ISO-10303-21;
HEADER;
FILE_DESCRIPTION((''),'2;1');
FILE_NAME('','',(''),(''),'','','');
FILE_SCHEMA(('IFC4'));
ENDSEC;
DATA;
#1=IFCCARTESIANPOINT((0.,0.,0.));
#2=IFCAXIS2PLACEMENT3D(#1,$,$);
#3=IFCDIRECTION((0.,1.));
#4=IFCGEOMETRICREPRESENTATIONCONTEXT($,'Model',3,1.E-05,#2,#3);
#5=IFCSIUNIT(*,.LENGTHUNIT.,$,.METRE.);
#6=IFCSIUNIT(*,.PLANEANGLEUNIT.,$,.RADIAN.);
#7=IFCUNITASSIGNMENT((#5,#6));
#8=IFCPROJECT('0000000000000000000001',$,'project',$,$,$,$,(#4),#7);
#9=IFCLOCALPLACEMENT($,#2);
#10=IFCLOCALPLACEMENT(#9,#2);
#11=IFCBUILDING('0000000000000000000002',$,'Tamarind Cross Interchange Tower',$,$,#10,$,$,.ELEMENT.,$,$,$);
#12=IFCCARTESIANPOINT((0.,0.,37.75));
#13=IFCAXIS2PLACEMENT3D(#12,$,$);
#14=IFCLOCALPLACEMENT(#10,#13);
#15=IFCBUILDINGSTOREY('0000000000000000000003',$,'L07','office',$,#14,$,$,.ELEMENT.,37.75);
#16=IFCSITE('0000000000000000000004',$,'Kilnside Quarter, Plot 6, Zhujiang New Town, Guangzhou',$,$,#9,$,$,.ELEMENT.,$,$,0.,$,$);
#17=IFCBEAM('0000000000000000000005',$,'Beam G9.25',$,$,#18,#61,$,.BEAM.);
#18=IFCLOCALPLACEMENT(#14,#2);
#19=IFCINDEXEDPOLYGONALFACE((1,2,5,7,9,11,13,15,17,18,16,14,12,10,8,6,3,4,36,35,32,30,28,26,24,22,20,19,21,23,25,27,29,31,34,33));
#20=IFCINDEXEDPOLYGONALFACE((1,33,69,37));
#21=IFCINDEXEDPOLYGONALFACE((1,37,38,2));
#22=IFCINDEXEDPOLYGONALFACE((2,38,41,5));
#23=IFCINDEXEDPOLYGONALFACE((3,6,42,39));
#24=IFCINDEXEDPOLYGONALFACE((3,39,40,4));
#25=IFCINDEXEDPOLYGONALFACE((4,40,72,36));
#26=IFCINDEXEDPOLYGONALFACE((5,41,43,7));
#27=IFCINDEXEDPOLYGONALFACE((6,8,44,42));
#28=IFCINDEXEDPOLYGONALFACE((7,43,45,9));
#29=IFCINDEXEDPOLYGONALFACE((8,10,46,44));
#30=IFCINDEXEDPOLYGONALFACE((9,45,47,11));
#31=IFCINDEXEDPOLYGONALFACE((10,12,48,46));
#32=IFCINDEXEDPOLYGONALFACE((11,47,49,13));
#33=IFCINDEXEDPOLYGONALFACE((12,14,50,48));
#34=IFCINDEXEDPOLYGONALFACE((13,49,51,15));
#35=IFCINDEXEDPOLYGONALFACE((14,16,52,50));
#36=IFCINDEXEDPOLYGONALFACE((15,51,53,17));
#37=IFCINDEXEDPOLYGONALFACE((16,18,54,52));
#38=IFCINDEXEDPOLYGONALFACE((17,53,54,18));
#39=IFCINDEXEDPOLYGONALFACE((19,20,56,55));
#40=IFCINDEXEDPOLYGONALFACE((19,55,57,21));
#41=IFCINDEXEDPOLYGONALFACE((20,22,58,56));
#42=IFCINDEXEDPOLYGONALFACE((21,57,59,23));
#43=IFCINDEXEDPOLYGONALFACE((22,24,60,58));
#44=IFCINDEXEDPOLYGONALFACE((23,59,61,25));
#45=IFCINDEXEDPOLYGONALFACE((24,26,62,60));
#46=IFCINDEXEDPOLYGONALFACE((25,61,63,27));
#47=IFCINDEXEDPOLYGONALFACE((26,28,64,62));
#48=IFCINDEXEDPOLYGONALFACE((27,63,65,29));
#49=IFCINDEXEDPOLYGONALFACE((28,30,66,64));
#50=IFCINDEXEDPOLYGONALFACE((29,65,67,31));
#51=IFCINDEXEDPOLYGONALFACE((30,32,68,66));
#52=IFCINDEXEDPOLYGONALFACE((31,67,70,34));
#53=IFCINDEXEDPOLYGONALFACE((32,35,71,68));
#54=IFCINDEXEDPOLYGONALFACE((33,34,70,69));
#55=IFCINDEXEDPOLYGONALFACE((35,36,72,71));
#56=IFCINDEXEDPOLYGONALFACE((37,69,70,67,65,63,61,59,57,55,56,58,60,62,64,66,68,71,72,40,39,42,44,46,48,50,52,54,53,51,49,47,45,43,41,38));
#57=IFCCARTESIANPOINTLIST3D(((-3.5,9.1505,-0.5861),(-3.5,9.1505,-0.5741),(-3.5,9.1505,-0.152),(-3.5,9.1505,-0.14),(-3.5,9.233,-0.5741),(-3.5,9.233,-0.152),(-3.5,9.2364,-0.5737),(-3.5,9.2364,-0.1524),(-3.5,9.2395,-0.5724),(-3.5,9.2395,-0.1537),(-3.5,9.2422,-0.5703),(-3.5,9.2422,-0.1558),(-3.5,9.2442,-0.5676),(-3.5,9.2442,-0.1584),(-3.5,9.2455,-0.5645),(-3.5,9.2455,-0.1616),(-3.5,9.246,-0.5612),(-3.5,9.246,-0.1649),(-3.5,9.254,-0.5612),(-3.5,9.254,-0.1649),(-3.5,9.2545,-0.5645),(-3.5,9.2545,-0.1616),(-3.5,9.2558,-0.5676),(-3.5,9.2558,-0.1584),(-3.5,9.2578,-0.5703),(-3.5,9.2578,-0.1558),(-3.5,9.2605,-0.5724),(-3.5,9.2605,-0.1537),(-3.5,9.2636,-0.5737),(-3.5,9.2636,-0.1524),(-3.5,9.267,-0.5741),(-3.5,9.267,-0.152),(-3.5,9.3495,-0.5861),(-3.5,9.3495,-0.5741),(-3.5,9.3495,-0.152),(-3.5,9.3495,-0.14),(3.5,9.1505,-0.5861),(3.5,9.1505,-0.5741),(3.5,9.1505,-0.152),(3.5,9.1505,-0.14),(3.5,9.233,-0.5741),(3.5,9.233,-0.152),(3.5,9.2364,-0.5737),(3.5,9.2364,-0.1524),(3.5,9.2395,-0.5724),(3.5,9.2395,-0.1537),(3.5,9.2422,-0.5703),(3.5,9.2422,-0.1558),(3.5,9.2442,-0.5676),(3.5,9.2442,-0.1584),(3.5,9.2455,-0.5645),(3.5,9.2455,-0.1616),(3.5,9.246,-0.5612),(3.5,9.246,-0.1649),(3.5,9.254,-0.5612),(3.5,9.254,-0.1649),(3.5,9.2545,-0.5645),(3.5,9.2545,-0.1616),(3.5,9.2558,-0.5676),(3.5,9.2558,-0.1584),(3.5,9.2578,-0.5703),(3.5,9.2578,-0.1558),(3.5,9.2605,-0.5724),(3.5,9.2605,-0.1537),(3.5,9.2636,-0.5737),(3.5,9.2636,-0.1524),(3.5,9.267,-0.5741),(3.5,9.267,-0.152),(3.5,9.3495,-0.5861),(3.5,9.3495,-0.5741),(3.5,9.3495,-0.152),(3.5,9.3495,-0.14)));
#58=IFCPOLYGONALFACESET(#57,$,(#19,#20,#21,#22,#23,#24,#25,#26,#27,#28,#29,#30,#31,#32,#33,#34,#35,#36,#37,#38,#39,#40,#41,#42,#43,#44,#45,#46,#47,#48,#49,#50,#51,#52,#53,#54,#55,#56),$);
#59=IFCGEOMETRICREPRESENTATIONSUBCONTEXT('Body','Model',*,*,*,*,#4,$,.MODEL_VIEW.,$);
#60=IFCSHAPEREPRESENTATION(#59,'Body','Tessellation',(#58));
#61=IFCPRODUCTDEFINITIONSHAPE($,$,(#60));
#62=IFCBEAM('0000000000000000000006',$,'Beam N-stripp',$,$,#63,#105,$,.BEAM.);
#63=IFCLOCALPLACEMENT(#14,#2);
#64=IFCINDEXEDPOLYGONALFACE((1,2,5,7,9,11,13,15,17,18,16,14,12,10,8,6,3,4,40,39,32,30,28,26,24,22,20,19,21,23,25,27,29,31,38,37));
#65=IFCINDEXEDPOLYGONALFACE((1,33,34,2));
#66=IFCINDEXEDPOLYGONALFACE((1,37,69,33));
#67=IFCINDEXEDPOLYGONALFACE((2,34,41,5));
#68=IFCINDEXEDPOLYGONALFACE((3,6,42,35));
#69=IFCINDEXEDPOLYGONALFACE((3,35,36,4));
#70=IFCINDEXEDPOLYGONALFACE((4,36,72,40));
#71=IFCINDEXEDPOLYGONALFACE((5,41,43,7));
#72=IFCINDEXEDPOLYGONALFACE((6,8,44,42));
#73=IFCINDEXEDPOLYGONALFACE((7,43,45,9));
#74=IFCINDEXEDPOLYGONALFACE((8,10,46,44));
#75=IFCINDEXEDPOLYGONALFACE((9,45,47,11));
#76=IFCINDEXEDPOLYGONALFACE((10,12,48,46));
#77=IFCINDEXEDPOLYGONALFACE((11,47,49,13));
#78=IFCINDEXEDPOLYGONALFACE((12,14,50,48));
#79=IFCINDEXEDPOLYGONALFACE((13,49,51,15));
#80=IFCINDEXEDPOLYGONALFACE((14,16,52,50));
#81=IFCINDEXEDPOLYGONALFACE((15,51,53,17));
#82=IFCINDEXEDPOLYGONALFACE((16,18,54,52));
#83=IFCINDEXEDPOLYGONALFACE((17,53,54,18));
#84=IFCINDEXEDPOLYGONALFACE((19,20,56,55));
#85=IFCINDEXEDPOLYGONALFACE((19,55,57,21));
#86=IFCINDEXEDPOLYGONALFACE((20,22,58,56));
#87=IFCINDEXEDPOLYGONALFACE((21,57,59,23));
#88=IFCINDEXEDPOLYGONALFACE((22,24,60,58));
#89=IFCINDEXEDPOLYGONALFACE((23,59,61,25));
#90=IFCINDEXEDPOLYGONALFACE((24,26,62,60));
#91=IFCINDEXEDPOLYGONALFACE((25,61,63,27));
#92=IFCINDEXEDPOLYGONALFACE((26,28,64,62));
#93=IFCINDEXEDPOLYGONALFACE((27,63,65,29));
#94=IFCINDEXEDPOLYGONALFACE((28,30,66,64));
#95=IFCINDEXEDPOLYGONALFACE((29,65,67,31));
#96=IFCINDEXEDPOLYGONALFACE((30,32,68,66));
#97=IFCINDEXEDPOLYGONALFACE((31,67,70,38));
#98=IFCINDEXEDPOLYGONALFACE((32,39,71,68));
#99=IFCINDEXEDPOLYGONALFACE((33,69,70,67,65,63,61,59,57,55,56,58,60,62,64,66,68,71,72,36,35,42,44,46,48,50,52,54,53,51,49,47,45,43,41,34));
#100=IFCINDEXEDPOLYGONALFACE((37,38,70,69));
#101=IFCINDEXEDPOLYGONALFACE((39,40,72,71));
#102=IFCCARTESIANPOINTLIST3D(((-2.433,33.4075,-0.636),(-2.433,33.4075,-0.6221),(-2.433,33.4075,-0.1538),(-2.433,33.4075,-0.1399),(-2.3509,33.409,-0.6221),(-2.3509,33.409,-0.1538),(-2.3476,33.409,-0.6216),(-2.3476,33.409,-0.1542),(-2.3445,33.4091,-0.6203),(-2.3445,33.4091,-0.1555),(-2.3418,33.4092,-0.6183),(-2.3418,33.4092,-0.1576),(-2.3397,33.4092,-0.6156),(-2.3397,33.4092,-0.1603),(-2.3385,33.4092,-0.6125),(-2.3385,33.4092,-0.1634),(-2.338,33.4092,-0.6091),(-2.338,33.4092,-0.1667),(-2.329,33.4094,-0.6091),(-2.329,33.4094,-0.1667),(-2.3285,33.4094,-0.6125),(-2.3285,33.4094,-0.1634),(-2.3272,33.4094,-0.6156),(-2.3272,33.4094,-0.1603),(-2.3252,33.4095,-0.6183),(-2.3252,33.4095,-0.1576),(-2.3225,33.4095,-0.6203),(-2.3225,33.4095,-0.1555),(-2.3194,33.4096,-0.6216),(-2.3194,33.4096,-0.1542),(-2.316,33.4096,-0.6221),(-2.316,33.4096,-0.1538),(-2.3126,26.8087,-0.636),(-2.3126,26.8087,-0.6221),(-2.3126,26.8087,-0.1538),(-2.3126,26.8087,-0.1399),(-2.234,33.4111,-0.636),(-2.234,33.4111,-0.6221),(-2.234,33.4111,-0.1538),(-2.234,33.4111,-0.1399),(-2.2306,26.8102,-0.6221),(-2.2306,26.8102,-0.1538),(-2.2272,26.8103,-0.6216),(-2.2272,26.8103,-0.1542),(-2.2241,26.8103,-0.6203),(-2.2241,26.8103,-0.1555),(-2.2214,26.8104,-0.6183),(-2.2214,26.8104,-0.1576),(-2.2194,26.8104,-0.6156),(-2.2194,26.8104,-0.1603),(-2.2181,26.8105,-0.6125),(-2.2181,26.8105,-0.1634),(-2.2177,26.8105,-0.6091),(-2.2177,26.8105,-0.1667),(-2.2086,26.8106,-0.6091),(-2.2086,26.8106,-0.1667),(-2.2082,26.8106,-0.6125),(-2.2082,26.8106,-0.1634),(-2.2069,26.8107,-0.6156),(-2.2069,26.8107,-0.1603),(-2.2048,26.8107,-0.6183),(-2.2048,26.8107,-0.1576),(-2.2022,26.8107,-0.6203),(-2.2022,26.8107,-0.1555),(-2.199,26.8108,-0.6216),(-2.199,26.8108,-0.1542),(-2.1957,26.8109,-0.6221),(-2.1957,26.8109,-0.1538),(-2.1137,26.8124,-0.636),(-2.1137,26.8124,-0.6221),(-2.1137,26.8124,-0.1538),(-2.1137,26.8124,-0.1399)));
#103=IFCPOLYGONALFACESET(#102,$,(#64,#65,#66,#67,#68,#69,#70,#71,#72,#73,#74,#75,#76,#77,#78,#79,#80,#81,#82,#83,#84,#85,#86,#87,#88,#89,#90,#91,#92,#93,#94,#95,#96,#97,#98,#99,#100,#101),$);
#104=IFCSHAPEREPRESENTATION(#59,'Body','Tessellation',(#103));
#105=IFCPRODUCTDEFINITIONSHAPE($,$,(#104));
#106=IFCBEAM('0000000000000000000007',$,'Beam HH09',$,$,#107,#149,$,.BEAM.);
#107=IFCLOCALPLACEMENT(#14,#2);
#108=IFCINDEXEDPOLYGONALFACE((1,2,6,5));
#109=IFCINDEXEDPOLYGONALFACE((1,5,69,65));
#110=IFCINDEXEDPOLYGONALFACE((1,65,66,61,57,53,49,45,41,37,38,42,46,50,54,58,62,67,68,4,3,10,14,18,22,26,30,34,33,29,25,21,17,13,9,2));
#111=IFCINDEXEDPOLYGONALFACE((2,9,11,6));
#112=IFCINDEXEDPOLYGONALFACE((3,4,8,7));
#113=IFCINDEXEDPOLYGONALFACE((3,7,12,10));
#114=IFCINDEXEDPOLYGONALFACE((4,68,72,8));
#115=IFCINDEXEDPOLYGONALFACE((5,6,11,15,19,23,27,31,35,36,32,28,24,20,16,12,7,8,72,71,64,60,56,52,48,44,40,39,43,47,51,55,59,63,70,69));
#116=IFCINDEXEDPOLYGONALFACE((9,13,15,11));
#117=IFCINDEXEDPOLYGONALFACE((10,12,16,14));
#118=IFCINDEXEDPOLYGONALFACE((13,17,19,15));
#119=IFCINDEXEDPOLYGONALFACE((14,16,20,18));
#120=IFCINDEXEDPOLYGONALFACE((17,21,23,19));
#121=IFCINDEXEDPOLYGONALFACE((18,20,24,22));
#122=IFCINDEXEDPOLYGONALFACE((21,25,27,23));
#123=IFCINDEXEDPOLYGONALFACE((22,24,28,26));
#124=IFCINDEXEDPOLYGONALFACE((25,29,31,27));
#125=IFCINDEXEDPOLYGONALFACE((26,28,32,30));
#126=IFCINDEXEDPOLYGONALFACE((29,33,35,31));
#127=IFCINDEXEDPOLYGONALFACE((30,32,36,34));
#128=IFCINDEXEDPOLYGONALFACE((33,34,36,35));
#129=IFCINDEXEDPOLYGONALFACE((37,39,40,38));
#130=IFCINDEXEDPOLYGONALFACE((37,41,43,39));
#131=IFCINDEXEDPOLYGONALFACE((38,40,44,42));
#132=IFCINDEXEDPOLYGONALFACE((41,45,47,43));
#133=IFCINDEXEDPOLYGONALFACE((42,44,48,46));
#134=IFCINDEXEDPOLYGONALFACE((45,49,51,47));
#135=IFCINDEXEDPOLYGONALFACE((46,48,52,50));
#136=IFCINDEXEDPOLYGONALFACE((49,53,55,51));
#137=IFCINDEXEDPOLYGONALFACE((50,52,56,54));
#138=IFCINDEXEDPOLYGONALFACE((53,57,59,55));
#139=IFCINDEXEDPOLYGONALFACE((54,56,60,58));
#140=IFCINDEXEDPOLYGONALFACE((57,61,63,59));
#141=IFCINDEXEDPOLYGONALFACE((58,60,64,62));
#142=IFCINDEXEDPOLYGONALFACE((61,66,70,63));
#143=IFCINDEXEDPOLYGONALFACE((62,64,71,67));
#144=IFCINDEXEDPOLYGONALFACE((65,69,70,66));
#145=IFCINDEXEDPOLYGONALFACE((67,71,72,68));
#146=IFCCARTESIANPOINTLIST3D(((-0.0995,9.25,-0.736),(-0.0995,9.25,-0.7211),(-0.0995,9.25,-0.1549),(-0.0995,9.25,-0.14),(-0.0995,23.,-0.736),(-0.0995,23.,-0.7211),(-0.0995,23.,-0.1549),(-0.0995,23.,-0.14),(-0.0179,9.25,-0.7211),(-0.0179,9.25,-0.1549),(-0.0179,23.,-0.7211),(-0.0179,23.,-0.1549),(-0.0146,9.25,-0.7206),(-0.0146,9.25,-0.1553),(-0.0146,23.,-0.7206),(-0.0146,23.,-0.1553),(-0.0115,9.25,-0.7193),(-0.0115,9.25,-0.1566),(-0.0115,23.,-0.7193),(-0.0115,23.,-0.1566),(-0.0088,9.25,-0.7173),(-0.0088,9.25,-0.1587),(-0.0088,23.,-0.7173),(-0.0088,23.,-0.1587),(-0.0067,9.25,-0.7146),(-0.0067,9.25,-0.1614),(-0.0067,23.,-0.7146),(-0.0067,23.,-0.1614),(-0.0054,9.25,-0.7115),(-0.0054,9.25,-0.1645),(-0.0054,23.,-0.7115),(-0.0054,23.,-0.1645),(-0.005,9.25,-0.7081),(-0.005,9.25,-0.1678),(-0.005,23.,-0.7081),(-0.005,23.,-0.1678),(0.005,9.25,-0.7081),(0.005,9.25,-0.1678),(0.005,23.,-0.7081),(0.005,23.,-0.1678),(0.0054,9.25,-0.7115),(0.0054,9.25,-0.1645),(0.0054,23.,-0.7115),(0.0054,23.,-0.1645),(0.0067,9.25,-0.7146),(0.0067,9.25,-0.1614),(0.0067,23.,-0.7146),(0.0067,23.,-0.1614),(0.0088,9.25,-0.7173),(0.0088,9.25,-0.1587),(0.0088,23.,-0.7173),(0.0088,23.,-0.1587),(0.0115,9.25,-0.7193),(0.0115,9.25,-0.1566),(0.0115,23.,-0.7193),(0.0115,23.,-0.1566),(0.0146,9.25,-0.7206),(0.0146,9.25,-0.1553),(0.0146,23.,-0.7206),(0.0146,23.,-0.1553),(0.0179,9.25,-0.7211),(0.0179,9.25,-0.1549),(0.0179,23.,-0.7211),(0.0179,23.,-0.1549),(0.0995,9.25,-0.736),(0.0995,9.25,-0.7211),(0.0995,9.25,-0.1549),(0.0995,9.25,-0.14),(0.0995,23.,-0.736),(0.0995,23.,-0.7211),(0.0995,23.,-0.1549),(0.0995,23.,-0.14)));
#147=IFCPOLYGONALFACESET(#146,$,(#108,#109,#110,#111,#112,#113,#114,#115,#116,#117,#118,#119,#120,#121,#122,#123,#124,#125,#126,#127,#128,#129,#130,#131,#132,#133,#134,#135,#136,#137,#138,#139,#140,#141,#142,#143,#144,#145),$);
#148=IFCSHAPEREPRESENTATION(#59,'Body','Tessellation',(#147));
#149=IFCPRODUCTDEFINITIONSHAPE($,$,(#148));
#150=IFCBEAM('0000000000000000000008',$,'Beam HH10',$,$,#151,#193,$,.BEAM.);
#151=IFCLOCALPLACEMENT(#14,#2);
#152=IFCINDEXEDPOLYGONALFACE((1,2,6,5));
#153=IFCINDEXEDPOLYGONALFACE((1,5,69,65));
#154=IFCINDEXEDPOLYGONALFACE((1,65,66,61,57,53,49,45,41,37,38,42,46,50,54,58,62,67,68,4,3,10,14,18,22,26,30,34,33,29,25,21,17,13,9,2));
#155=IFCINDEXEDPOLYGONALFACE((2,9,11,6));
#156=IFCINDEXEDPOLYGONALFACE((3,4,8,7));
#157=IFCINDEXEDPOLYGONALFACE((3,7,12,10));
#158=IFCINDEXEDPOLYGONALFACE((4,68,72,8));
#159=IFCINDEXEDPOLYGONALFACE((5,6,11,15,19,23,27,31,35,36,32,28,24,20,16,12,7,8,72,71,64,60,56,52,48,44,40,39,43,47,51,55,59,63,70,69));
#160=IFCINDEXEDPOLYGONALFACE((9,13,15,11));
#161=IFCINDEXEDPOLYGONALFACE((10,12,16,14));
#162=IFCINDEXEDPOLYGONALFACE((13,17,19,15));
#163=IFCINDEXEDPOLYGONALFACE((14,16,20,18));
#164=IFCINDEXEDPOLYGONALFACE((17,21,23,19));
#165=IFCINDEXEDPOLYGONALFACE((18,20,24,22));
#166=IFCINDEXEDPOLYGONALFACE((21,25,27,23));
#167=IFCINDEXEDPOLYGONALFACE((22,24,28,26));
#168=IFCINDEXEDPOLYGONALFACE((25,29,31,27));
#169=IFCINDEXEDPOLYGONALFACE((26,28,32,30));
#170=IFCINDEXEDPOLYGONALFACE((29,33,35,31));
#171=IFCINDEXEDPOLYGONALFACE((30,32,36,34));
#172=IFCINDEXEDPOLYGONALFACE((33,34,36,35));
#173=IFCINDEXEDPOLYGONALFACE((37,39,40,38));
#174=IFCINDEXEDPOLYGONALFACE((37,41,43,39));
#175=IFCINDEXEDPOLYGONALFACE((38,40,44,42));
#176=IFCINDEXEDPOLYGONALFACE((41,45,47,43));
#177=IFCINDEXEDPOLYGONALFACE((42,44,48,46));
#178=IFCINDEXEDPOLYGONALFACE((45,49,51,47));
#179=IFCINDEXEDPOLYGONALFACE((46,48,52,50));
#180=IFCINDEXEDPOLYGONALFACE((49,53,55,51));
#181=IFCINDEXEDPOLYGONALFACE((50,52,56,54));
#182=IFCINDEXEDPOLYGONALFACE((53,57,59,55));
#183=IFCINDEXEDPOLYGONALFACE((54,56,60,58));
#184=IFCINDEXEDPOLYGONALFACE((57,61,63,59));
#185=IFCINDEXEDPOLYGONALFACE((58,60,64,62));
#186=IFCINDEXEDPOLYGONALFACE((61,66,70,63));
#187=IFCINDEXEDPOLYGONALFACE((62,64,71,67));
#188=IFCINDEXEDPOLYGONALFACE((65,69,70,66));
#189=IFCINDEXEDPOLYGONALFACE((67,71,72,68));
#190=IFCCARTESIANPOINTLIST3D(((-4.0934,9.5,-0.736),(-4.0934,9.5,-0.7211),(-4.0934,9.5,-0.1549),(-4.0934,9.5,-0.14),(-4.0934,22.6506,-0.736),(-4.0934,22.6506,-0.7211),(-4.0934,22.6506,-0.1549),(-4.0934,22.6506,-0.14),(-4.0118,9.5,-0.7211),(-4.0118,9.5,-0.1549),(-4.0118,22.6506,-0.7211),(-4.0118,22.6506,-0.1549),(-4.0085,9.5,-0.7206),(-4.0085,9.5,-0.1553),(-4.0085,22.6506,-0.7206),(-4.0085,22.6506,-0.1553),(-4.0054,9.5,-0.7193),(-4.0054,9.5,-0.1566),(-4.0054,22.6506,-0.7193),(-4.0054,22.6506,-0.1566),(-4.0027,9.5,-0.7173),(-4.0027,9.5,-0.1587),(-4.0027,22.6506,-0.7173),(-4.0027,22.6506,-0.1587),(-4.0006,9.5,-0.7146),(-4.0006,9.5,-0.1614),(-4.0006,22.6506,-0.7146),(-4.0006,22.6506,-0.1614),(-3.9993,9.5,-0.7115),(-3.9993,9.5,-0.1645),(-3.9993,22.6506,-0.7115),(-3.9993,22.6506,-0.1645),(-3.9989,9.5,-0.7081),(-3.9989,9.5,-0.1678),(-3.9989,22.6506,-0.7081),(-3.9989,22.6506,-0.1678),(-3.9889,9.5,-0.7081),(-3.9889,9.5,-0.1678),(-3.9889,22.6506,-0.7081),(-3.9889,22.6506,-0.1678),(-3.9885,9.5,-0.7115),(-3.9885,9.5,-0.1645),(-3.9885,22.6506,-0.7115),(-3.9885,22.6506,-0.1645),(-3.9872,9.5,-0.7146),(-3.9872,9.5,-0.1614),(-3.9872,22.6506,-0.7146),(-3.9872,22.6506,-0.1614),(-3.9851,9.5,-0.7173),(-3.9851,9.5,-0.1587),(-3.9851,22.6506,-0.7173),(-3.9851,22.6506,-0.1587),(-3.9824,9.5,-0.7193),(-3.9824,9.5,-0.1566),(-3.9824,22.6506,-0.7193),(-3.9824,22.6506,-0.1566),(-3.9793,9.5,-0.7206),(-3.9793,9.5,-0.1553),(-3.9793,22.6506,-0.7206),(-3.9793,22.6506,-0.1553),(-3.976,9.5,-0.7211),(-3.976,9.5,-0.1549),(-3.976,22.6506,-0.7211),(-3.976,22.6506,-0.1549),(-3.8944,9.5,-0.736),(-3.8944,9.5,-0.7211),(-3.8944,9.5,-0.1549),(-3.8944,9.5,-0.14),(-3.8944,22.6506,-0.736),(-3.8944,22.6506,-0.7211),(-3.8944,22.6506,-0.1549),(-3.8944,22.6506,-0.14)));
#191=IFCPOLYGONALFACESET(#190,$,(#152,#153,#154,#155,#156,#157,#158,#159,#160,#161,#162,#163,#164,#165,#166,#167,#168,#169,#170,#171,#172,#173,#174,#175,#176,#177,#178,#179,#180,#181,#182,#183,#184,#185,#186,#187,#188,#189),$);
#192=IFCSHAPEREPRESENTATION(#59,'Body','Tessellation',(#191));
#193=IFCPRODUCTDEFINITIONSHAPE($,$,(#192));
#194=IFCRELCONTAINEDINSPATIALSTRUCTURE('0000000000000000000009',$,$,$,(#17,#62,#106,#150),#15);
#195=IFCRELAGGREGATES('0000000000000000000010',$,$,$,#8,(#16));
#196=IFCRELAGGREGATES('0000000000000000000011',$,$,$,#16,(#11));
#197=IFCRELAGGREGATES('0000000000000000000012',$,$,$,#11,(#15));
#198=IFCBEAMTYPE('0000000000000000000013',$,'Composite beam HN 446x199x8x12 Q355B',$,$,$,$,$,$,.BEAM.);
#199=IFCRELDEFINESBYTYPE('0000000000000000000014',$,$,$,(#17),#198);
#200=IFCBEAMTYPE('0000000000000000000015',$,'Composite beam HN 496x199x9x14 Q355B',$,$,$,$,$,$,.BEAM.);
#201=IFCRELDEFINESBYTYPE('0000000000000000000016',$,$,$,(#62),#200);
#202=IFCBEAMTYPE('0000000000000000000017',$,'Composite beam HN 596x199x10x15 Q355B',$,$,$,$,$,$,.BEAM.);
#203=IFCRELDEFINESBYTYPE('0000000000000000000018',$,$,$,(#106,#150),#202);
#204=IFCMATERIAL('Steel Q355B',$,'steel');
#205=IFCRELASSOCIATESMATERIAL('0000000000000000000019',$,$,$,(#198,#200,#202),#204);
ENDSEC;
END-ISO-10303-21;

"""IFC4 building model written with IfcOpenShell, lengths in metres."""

from ifc_helpers import new_model, si_unit, direction, frame, origin, origin_2d, place, context, subcontext, project, spatial, i_section, extrude, material, material_profile, profile_set, type_object, element, save


model = new_model("IFC4")

# Units and contexts
model_context = context("Model", 3, precision=1e-05, world=origin(), true_north=direction((0.0, 1.0)))
body_context = subcontext(model_context, "Body", "Model", "MODEL_VIEW")
ifc_project = project(units=[si_unit("LENGTHUNIT", "METRE"), si_unit("PLANEANGLEUNIT", "RADIAN")], contexts=[model_context])

# Site, building, storey
site_placement = place(None, origin())
site = spatial("IfcSite", under=ifc_project, at=site_placement, Name="Kilnside Quarter, Plot 6, Zhujiang New Town, Guangzhou", CompositionType="ELEMENT", RefElevation=0.0)
building_placement = place(site_placement, origin())
building = spatial("IfcBuilding", under=site, at=building_placement, Name="Tamarind Cross Interchange Tower", CompositionType="ELEMENT")
storey_placement = place(building_placement, frame((0.0, 0.0, 37.75)))
storey = spatial("IfcBuildingStorey", under=building, at=storey_placement, Name="L07", Description="office", CompositionType="ELEMENT", Elevation=37.75)

# Beams
ifc_material_1 = material(Name="Steel Q355B", Category="steel")
ifc_material_profile_1 = material_profile(ifc_material_1, i_section(OverallWidth=0.199, OverallDepth=0.446, WebThickness=0.0081, FlangeThickness=0.012, FilletRadius=0.0129, at=origin_2d()), Name="HN 446x199x8x12")
ifc_profile_set_1 = profile_set([ifc_material_profile_1], Name="Steel Q355B")
beam_type_1 = type_object("IfcBeamType", Name="Composite beam HN 446x199x8x12 Q355B", PredefinedType="BEAM", material=ifc_profile_set_1)
for number, where, z_axis, x_axis, name in (
    (1, (-3.5, 9.25, -0.363), (1.0, 0.0, 0.0), (0.0, 1.0, 0.0), "Beam G9.25"),
):
    element("IfcBeam", number, at=place(storey_placement, frame(where, z_axis=z_axis, x_axis=x_axis)), inside=storey, type_object=beam_type_1, Name=name, PredefinedType="BEAM", context=body_context, shape_type="SweptSolid", body=[
        extrude(i_section(OverallWidth=0.199, OverallDepth=0.446, WebThickness=0.0081, FlangeThickness=0.012, FilletRadius=0.0129, at=origin_2d()), origin(), (0.0, 0.0, 1.0), 7.0),
    ])
ifc_material_profile_2 = material_profile(ifc_material_1, i_section(OverallWidth=0.199, OverallDepth=0.4961, WebThickness=0.009, FlangeThickness=0.0139, FilletRadius=0.0129, at=origin_2d()), Name="HN 496x199x9x14")
ifc_profile_set_2 = profile_set([ifc_material_profile_2], Name="Steel Q355B")
beam_type_2 = type_object("IfcBeamType", Name="Composite beam HN 496x199x9x14 Q355B", PredefinedType="BEAM", material=ifc_profile_set_2)
beam_1_placement = place(storey_placement, frame((-2.2131, 26.8105, -0.3879), z_axis=(-0.018237, 0.999834, 0.0), x_axis=(-0.999834, -0.018237, 0.0)))
element("IfcBeam", 2, at=beam_1_placement, inside=storey, type_object=beam_type_2, Name="Beam N-stripp", PredefinedType="BEAM", context=body_context, shape_type="SweptSolid", body=[
    extrude(i_section(OverallWidth=0.199, OverallDepth=0.4961, WebThickness=0.009, FlangeThickness=0.0139, FilletRadius=0.0129, at=origin_2d()), origin(), (0.0, 0.0, 1.0), 6.5999),
])
ifc_material_profile_3 = material_profile(ifc_material_1, i_section(OverallWidth=0.199, OverallDepth=0.5959, WebThickness=0.01, FlangeThickness=0.0149, FilletRadius=0.0129, at=origin_2d()), Name="HN 596x199x10x15")
ifc_profile_set_3 = profile_set([ifc_material_profile_3], Name="Steel Q355B")
beam_type_3 = type_object("IfcBeamType", Name="Composite beam HN 596x199x10x15 Q355B", PredefinedType="BEAM", material=ifc_profile_set_3)
beam_2_placement = place(storey_placement, frame((0.0, 23.0, -0.438), z_axis=(0.0, -1.0, 0.0), x_axis=(1.0, 0.0, 0.0)))
element("IfcBeam", 3, at=beam_2_placement, inside=storey, type_object=beam_type_3, Name="Beam HH09", PredefinedType="BEAM", context=body_context, shape_type="SweptSolid", body=[
    extrude(i_section(OverallWidth=0.199, OverallDepth=0.5959, WebThickness=0.01, FlangeThickness=0.0149, FilletRadius=0.0129, at=origin_2d()), origin(), (0.0, 0.0, 1.0), 13.75),
])
beam_3_placement = place(storey_placement, frame((-3.9939, 22.6506, -0.438), z_axis=(0.0, -1.0, 0.0), x_axis=(1.0, 0.0, 0.0)))
element("IfcBeam", 4, at=beam_3_placement, inside=storey, type_object=beam_type_3, Name="Beam HH10", PredefinedType="BEAM", context=body_context, shape_type="SweptSolid", body=[
    extrude(i_section(OverallWidth=0.199, OverallDepth=0.5959, WebThickness=0.01, FlangeThickness=0.0149, FilletRadius=0.0129, at=origin_2d()), origin(), (0.0, 0.0, 1.0), 13.1506),
])

save(model, "model.ifc")
